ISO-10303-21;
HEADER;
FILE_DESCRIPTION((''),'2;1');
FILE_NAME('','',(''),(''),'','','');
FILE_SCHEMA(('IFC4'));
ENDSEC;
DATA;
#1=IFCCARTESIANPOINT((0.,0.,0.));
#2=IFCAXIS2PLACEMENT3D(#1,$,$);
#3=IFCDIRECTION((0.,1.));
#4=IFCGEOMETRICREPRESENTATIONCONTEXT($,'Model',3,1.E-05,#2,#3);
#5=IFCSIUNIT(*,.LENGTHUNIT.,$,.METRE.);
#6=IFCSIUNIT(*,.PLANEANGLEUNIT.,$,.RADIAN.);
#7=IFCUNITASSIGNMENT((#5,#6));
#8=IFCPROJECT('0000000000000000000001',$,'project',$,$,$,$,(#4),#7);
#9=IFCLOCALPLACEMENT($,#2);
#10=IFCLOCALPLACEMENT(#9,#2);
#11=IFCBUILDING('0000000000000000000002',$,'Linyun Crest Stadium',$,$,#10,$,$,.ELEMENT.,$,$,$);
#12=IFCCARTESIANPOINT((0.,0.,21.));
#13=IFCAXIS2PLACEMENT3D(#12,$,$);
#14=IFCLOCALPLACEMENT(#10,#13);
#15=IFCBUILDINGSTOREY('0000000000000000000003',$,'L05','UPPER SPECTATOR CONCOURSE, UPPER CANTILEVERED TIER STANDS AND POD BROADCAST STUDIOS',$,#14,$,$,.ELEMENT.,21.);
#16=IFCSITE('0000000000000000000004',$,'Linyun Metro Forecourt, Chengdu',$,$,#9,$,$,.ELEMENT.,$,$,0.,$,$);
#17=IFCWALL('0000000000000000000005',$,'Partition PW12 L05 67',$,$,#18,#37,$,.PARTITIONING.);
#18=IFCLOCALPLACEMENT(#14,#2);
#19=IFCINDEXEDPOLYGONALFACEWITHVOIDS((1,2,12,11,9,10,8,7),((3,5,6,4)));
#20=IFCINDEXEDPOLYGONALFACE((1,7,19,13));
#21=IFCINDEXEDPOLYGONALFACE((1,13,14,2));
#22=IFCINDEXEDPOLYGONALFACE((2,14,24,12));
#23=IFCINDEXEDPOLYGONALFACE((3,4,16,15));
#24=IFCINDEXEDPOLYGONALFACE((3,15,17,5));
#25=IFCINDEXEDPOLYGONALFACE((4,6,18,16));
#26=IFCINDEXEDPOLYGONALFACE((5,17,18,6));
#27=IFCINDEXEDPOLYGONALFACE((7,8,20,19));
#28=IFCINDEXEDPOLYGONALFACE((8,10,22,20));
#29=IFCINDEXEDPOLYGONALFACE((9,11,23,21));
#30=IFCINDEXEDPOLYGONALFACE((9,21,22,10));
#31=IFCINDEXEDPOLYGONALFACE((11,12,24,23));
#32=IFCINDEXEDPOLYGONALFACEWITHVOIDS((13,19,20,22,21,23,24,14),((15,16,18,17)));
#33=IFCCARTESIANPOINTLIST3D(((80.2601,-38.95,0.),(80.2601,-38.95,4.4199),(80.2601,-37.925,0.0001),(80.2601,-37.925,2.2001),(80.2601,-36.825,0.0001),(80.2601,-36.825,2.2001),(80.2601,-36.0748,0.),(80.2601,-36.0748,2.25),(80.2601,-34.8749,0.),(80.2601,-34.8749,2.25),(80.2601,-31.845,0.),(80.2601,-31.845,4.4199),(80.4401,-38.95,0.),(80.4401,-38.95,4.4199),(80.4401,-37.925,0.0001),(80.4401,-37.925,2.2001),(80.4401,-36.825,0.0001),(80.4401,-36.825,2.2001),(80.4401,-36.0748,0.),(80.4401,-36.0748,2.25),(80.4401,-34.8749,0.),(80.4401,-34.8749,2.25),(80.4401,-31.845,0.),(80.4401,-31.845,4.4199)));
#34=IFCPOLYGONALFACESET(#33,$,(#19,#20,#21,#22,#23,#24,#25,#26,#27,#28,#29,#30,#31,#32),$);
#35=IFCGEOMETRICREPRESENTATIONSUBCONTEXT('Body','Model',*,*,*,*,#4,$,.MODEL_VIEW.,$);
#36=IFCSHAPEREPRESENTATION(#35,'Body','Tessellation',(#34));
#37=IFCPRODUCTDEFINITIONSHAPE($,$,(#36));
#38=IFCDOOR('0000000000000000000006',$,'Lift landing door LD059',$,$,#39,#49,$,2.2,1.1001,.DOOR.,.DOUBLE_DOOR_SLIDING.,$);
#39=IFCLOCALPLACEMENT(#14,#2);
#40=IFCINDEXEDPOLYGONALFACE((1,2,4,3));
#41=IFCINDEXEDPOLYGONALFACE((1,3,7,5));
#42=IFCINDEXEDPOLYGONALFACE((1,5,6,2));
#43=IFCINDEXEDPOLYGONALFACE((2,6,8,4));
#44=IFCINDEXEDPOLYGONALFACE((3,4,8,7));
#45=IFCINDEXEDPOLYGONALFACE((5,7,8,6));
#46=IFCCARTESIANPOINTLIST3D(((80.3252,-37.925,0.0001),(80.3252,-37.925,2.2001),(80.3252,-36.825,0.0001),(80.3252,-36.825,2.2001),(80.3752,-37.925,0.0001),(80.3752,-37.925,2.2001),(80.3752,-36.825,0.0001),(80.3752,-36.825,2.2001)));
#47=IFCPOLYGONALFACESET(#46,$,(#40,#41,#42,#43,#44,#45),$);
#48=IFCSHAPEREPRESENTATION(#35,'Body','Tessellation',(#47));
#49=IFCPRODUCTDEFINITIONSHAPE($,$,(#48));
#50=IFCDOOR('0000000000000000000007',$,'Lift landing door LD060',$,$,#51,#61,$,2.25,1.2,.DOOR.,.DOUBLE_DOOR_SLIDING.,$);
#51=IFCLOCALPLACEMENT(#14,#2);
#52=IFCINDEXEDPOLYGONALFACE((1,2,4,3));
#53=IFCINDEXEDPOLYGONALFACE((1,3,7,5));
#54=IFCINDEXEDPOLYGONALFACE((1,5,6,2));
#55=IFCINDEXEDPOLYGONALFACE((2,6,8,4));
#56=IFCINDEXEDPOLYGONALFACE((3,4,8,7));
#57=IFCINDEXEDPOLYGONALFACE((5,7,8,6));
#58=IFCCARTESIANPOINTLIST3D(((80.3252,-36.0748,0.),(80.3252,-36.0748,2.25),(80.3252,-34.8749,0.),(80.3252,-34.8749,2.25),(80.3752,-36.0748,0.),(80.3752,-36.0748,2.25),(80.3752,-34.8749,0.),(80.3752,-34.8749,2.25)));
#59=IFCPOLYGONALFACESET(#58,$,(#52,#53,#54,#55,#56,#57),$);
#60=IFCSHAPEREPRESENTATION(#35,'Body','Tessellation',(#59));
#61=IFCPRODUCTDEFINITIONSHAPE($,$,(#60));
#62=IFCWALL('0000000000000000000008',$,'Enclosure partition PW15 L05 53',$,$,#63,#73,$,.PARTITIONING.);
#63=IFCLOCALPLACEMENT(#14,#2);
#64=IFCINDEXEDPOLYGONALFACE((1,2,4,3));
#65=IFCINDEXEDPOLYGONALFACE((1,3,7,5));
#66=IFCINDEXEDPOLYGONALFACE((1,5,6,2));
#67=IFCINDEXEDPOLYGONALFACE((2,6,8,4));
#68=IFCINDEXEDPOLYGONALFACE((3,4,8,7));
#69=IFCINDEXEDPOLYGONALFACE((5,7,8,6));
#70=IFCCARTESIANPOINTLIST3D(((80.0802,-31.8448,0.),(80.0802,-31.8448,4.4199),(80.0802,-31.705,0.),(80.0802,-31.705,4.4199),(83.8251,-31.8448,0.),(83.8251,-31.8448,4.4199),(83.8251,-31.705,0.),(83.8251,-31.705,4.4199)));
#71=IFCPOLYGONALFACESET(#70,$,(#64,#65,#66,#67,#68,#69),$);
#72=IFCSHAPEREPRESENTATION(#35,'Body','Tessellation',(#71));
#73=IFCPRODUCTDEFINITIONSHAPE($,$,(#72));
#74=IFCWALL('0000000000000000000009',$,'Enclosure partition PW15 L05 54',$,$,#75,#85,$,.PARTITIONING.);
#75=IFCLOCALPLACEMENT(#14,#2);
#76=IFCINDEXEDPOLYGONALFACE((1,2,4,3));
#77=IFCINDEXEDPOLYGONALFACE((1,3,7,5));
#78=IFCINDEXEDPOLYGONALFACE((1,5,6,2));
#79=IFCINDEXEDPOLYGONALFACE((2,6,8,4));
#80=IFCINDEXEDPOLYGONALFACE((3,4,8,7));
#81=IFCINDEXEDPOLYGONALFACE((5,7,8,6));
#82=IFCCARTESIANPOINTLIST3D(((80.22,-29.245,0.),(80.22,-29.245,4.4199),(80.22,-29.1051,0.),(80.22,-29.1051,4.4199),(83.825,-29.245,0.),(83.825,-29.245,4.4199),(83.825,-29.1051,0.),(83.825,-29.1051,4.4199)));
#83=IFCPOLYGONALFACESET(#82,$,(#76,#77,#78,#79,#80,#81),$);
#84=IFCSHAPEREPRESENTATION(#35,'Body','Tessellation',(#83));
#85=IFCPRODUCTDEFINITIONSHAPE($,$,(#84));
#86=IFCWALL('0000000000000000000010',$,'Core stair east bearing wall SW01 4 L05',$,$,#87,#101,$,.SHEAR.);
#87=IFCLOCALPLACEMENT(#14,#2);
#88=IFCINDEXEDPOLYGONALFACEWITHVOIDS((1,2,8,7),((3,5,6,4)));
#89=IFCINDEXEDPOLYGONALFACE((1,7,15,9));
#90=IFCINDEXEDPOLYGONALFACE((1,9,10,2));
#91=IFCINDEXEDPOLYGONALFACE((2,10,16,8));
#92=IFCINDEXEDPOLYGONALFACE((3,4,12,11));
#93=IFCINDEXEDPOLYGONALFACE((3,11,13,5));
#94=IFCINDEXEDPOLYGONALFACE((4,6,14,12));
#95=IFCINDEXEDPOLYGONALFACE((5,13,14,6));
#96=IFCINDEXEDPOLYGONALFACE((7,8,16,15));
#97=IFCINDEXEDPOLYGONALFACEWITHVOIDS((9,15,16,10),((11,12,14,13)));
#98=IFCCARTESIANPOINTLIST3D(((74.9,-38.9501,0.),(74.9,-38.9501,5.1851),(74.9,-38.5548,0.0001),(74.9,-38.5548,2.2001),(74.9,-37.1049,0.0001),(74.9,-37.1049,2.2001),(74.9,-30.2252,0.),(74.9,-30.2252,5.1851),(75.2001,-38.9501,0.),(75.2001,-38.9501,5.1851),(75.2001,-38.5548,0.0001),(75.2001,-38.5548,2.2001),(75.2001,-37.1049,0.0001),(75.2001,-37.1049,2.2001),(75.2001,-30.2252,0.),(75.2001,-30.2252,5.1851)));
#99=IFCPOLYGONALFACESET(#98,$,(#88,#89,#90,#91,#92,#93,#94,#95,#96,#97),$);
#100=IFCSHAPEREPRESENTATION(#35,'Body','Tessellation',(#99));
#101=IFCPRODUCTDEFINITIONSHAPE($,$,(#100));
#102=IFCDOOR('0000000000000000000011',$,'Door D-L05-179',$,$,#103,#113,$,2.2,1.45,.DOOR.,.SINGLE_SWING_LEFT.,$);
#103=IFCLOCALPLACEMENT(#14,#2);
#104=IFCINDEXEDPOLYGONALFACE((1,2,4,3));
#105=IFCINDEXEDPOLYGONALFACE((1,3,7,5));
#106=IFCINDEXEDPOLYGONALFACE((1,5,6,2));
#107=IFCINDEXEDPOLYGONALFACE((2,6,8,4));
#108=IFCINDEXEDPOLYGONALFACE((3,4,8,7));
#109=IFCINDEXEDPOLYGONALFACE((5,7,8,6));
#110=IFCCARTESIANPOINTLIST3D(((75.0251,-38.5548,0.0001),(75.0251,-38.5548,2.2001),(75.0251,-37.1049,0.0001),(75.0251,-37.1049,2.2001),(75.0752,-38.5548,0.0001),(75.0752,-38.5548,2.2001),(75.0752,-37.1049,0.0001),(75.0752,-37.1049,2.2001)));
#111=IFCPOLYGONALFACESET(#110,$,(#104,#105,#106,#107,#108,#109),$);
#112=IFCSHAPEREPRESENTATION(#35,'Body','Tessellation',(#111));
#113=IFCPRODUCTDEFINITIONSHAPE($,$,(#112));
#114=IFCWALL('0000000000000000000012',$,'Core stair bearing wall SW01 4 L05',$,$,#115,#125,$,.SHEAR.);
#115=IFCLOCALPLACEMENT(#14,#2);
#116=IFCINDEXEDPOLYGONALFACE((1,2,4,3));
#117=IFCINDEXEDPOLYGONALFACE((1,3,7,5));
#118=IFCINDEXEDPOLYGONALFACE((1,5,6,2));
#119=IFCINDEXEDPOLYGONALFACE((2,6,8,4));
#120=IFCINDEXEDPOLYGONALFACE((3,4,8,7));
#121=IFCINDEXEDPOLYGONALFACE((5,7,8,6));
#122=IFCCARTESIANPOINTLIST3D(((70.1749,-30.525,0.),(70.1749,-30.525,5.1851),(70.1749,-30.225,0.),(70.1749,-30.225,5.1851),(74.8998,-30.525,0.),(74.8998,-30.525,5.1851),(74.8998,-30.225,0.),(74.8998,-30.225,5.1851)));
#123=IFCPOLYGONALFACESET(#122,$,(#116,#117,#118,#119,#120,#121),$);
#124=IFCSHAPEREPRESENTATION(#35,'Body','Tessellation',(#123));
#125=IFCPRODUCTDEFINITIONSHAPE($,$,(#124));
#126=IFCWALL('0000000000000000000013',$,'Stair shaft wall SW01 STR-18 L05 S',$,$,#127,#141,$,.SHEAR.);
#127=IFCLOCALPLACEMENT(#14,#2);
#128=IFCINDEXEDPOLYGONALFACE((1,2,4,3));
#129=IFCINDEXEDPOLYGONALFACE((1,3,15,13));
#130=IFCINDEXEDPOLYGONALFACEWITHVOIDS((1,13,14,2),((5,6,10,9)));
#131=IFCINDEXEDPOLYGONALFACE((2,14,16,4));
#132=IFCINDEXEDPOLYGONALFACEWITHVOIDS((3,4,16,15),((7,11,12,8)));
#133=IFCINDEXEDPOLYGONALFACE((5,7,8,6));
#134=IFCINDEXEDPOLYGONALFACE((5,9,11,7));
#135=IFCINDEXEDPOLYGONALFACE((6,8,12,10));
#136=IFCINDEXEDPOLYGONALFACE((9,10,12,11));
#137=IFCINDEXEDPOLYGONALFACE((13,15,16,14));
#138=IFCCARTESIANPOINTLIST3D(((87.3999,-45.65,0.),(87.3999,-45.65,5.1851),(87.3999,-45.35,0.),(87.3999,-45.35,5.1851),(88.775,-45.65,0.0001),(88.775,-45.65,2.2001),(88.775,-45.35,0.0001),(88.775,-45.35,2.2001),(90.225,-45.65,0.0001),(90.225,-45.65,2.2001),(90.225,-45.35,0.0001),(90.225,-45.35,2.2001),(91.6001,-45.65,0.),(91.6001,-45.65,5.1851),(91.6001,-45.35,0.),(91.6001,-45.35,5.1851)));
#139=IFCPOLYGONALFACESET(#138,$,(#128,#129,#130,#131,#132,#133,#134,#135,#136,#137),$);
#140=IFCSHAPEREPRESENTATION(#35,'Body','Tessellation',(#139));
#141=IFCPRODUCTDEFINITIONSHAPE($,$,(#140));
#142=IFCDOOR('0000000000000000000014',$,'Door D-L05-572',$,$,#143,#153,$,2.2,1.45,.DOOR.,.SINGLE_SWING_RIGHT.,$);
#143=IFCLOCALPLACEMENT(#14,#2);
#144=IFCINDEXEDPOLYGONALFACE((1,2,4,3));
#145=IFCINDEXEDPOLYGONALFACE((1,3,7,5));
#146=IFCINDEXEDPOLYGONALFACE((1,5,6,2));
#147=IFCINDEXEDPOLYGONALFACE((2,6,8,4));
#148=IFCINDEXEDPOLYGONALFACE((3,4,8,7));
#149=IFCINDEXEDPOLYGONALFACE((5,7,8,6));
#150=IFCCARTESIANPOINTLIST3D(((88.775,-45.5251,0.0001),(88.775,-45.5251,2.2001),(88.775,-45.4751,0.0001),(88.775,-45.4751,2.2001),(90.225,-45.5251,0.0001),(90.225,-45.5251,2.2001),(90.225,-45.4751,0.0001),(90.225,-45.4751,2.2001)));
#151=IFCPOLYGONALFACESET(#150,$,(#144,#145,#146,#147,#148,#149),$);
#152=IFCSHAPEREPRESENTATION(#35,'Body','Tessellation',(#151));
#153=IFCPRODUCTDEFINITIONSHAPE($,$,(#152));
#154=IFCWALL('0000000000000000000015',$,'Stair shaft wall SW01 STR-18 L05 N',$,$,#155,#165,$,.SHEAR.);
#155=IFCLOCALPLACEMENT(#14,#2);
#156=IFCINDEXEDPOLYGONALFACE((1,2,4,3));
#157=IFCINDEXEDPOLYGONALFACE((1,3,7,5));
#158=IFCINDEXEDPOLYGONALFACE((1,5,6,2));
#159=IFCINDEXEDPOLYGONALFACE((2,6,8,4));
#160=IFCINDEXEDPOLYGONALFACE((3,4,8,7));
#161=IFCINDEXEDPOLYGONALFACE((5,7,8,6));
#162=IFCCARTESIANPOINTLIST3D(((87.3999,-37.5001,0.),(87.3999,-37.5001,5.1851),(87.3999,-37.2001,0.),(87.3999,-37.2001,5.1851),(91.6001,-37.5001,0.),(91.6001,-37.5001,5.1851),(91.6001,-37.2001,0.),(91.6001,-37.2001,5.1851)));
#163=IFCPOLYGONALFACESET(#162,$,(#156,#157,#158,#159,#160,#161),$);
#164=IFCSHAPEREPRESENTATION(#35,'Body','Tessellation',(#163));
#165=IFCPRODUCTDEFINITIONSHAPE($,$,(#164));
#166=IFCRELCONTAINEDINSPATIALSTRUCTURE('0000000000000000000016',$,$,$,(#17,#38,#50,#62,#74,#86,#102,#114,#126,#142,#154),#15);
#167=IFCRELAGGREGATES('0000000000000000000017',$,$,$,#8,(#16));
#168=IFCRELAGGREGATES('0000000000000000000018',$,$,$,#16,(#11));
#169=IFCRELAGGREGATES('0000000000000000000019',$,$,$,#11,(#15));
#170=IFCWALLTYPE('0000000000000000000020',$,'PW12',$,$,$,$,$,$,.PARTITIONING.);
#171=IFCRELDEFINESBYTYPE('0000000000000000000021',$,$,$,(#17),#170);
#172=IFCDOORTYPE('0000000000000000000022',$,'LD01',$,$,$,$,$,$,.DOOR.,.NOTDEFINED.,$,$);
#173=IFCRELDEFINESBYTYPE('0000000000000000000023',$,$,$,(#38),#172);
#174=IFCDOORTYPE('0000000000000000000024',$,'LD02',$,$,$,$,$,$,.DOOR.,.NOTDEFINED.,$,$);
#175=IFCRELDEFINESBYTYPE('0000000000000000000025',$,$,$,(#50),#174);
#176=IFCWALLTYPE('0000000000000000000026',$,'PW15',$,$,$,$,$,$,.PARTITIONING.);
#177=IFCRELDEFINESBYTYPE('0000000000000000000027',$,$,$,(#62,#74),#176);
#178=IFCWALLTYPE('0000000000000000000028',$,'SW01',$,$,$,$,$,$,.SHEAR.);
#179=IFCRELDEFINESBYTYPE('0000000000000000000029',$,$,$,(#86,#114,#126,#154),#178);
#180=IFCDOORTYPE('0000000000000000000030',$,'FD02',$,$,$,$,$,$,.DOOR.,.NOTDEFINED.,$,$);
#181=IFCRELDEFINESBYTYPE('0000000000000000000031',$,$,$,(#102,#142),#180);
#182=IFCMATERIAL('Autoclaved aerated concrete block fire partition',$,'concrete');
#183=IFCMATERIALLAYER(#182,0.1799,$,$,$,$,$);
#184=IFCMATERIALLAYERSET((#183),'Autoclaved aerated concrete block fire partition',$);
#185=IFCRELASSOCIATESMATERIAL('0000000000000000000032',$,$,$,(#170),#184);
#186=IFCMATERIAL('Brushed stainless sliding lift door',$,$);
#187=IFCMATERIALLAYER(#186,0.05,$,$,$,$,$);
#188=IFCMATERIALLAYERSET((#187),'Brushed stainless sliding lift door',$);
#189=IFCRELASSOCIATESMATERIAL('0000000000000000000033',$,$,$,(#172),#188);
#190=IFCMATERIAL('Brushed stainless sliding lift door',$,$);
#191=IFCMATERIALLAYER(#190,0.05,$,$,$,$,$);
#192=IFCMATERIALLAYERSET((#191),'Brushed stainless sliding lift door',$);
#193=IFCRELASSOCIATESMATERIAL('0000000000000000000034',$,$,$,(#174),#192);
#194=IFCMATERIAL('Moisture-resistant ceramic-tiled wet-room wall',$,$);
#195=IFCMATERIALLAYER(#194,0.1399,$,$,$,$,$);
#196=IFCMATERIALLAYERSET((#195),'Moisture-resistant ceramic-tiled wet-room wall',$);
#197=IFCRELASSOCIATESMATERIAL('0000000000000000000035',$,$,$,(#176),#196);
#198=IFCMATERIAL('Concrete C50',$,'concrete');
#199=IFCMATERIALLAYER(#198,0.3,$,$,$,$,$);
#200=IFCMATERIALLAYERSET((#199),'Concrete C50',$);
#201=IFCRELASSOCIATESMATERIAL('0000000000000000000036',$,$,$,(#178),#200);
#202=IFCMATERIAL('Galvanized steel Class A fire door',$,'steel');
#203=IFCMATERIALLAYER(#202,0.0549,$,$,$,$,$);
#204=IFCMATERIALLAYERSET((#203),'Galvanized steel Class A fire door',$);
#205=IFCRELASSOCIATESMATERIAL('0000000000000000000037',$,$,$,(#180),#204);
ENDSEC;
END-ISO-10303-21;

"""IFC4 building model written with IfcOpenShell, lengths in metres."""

from ifc_helpers import new_model, si_unit, direction, frame, frame_2d, origin, place, context, subcontext, project, spatial, rectangle, extrude, material, layer, layer_set, type_object, element, fill, save


model = new_model("IFC4")

# Units and contexts
model_context = context("Model", 3, precision=1e-05, world=origin(), true_north=direction((0.0, 1.0)))
body_context = subcontext(model_context, "Body", "Model", "MODEL_VIEW")
ifc_project = project(units=[si_unit("LENGTHUNIT", "METRE"), si_unit("PLANEANGLEUNIT", "RADIAN")], contexts=[model_context])

# Site, building, storey
site_placement = place(None, origin())
site = spatial("IfcSite", under=ifc_project, at=site_placement, Name="Linyun Metro Forecourt, Chengdu", CompositionType="ELEMENT", RefElevation=0.0)
building_placement = place(site_placement, origin())
building = spatial("IfcBuilding", under=site, at=building_placement, Name="Linyun Crest Stadium", CompositionType="ELEMENT")
storey_placement = place(building_placement, frame((0.0, 0.0, 21.0)))
storey = spatial("IfcBuildingStorey", under=building, at=storey_placement, Name="L05", Description="UPPER SPECTATOR CONCOURSE, UPPER CANTILEVERED TIER STANDS AND POD BROADCAST STUDIOS", CompositionType="ELEMENT", Elevation=21.0)

# Wall, openings, doors
ifc_material_1 = material(Name="Autoclaved aerated concrete block fire partition", Category="concrete")
ifc_layer_1 = layer(ifc_material_1, 0.1799)
ifc_layer_set_1 = layer_set([ifc_layer_1], Name="Autoclaved aerated concrete block fire partition")
wall_type_1 = type_object("IfcWallType", Name="PW12", PredefinedType="PARTITIONING", material=ifc_layer_set_1)
wall_1_placement = place(storey_placement, frame((80.3501, -38.95, 0.0), z_axis=(0.0, 0.0, 1.0), x_axis=(0.0, 1.0, 0.0)))
wall_1 = element("IfcWall", 1, at=wall_1_placement, inside=storey, type_object=wall_type_1, Name="Partition PW12 L05 67", PredefinedType="PARTITIONING", context=body_context, shape_type="SweptSolid", body=[
    extrude(rectangle(XDim=7.105, YDim=0.1799, at=frame_2d((3.5525, 0.0))), origin(), (0.0, 0.0, 1.0), 4.4199),
])
opening_1_placement = place(wall_1_placement, frame((1.0249, 0.0, 0.0)))
opening_1 = element("IfcOpeningElement", 2, at=opening_1_placement, cuts=wall_1, PredefinedType="OPENING", context=body_context, shape_type="SweptSolid", body=[
    extrude(rectangle(XDim=1.1001, YDim=2.2, at=frame_2d((0.55, 1.1001))), frame((0.0, 0.0999, 0.0), z_axis=(0.0, -1.0, 0.0), x_axis=(1.0, 0.0, 0.0)), (0.0, 0.0, 1.0), 0.2),
])
opening_2_placement = place(wall_1_placement, frame((2.875, 0.0, 0.0)))
opening_2 = element("IfcOpeningElement", 3, at=opening_2_placement, cuts=wall_1, PredefinedType="OPENING", context=body_context, shape_type="SweptSolid", body=[
    extrude(rectangle(XDim=1.2, YDim=2.25, at=frame_2d((0.6001, 1.125))), frame((0.0, 0.0999, 0.0), z_axis=(0.0, -1.0, 0.0), x_axis=(1.0, 0.0, 0.0)), (0.0, 0.0, 1.0), 0.2),
])
ifc_material_2 = material(Name="Brushed stainless sliding lift door")
ifc_layer_2 = layer(ifc_material_2, 0.05)
ifc_layer_set_2 = layer_set([ifc_layer_2], Name="Brushed stainless sliding lift door")
door_type_1 = type_object("IfcDoorType", Name="LD01", OperationType="NOTDEFINED", PredefinedType="DOOR", material=ifc_layer_set_2)
door_1_placement = place(opening_1_placement, origin())
door_1 = element("IfcDoor", 4, at=door_1_placement, inside=storey, type_object=door_type_1, Name="Lift landing door LD059", OperationType="DOUBLE_DOOR_SLIDING", OverallHeight=2.2, OverallWidth=1.1001, PredefinedType="DOOR", context=body_context, shape_type="SweptSolid", body=[
    extrude(rectangle(XDim=1.1001, YDim=2.2, at=frame_2d((0.55, 1.1001))), frame((0.0, 0.0249, 0.0), z_axis=(0.0, -1.0, 0.0), x_axis=(1.0, 0.0, 0.0)), (0.0, 0.0, 1.0), 0.05),
])
fill(opening_1, door_1)
ifc_material_3 = material(Name="Brushed stainless sliding lift door")
ifc_layer_3 = layer(ifc_material_3, 0.05)
ifc_layer_set_3 = layer_set([ifc_layer_3], Name="Brushed stainless sliding lift door")
door_type_2 = type_object("IfcDoorType", Name="LD02", OperationType="NOTDEFINED", PredefinedType="DOOR", material=ifc_layer_set_3)
door_2_placement = place(opening_2_placement, origin())
door_2 = element("IfcDoor", 5, at=door_2_placement, inside=storey, type_object=door_type_2, Name="Lift landing door LD060", OperationType="DOUBLE_DOOR_SLIDING", OverallHeight=2.25, OverallWidth=1.2, PredefinedType="DOOR", context=body_context, shape_type="SweptSolid", body=[
    extrude(rectangle(XDim=1.2, YDim=2.25, at=frame_2d((0.6001, 1.125))), frame((0.0, 0.0249, 0.0), z_axis=(0.0, -1.0, 0.0), x_axis=(1.0, 0.0, 0.0)), (0.0, 0.0, 1.0), 0.05),
])
fill(opening_2, door_2)
ifc_material_4 = material(Name="Moisture-resistant ceramic-tiled wet-room wall")
ifc_layer_4 = layer(ifc_material_4, 0.1399)
ifc_layer_set_4 = layer_set([ifc_layer_4], Name="Moisture-resistant ceramic-tiled wet-room wall")
wall_type_2 = type_object("IfcWallType", Name="PW15", PredefinedType="PARTITIONING", material=ifc_layer_set_4)

# Walls
wall_2_placement = place(storey_placement, frame((80.0801, -31.7749, 0.0), z_axis=(0.0, 0.0, 1.0), x_axis=(1.0, 0.0, 0.0)))
element("IfcWall", 6, at=wall_2_placement, inside=storey, type_object=wall_type_2, Name="Enclosure partition PW15 L05 53", PredefinedType="PARTITIONING", context=body_context, shape_type="SweptSolid", body=[
    extrude(rectangle(XDim=3.7449, YDim=0.1399, at=frame_2d((1.8726, 0.0))), origin(), (0.0, 0.0, 1.0), 4.4199),
])
wall_3_placement = place(storey_placement, frame((80.22, -29.175, 0.0), z_axis=(0.0, 0.0, 1.0), x_axis=(1.0, 0.0, 0.0)))
element("IfcWall", 7, at=wall_3_placement, inside=storey, type_object=wall_type_2, Name="Enclosure partition PW15 L05 54", PredefinedType="PARTITIONING", context=body_context, shape_type="SweptSolid", body=[
    extrude(rectangle(XDim=3.605, YDim=0.1399, at=frame_2d((1.8025, 0.0))), origin(), (0.0, 0.0, 1.0), 4.4199),
])

# Wall, opening, door
ifc_material_5 = material(Name="Concrete C50", Category="concrete")
ifc_layer_5 = layer(ifc_material_5, 0.3)
ifc_layer_set_5 = layer_set([ifc_layer_5], Name="Concrete C50")
wall_type_3 = type_object("IfcWallType", Name="SW01", PredefinedType="SHEAR", material=ifc_layer_set_5)
wall_4_placement = place(storey_placement, frame((75.05, -38.95, 0.0), z_axis=(0.0, 0.0, 1.0), x_axis=(0.0, 1.0, 0.0)))
wall_4 = element("IfcWall", 8, at=wall_4_placement, inside=storey, type_object=wall_type_3, Name="Core stair east bearing wall SW01 4 L05", PredefinedType="SHEAR", context=body_context, shape_type="SweptSolid", body=[
    extrude(rectangle(XDim=8.7249, YDim=0.3, at=frame_2d((4.3623, 0.0))), origin(), (0.0, 0.0, 1.0), 5.1851),
])
opening_3_placement = place(wall_4_placement, frame((0.395, 0.0, 0.0)))
opening_3 = element("IfcOpeningElement", 9, at=opening_3_placement, cuts=wall_4, PredefinedType="OPENING", context=body_context, shape_type="SweptSolid", body=[
    extrude(rectangle(XDim=1.45, YDim=2.2, at=frame_2d((0.7251, 1.1001))), frame((0.0, 0.1599, 0.0), z_axis=(0.0, -1.0, 0.0), x_axis=(1.0, 0.0, 0.0)), (0.0, 0.0, 1.0), 0.3201),
])
ifc_material_6 = material(Name="Galvanized steel Class A fire door", Category="steel")
ifc_layer_6 = layer(ifc_material_6, 0.0549)
ifc_layer_set_6 = layer_set([ifc_layer_6], Name="Galvanized steel Class A fire door")
door_type_3 = type_object("IfcDoorType", Name="FD02", OperationType="NOTDEFINED", PredefinedType="DOOR", material=ifc_layer_set_6)
door_3_placement = place(opening_3_placement, origin())
door_3 = element("IfcDoor", 10, at=door_3_placement, inside=storey, type_object=door_type_3, Name="Door D-L05-179", OperationType="SINGLE_SWING_LEFT", OverallHeight=2.2, OverallWidth=1.45, PredefinedType="DOOR", context=body_context, shape_type="SweptSolid", body=[
    extrude(rectangle(XDim=1.45, YDim=2.2, at=frame_2d((0.7251, 1.1001))), frame((0.0, 0.0249, 0.0), z_axis=(0.0, -1.0, 0.0), x_axis=(1.0, 0.0, 0.0)), (0.0, 0.0, 1.0), 0.05),
])
fill(opening_3, door_3)

# Wall
wall_5_placement = place(storey_placement, frame((70.175, -30.375, 0.0), z_axis=(0.0, 0.0, 1.0), x_axis=(1.0, 0.0, 0.0)))
element("IfcWall", 11, at=wall_5_placement, inside=storey, type_object=wall_type_3, Name="Core stair bearing wall SW01 4 L05", PredefinedType="SHEAR", context=body_context, shape_type="SweptSolid", body=[
    extrude(rectangle(XDim=4.7249, YDim=0.3, at=frame_2d((2.3623, 0.0))), origin(), (0.0, 0.0, 1.0), 5.1851),
])

# Wall, opening, door
wall_6_placement = place(storey_placement, frame((87.3999, -45.5, 0.0), z_axis=(0.0, 0.0, 1.0), x_axis=(1.0, 0.0, 0.0)))
wall_6 = element("IfcWall", 12, at=wall_6_placement, inside=storey, type_object=wall_type_3, Name="Stair shaft wall SW01 STR-18 L05 S", PredefinedType="SHEAR", context=body_context, shape_type="SweptSolid", body=[
    extrude(rectangle(XDim=4.2002, YDim=0.3, at=frame_2d((2.1001, 0.0))), origin(), (0.0, 0.0, 1.0), 5.1851),
])
opening_4_placement = place(wall_6_placement, frame((1.375, 0.0, 0.0)))
opening_4 = element("IfcOpeningElement", 13, at=opening_4_placement, cuts=wall_6, PredefinedType="OPENING", context=body_context, shape_type="SweptSolid", body=[
    extrude(rectangle(XDim=1.45, YDim=2.2, at=frame_2d((0.7251, 1.1001))), frame((0.0, 0.1599, 0.0), z_axis=(0.0, -1.0, 0.0), x_axis=(1.0, 0.0, 0.0)), (0.0, 0.0, 1.0), 0.3201),
])
door_4_placement = place(opening_4_placement, origin())
door_4 = element("IfcDoor", 14, at=door_4_placement, inside=storey, type_object=door_type_3, Name="Door D-L05-572", OperationType="SINGLE_SWING_RIGHT", OverallHeight=2.2, OverallWidth=1.45, PredefinedType="DOOR", context=body_context, shape_type="SweptSolid", body=[
    extrude(rectangle(XDim=1.45, YDim=2.2, at=frame_2d((0.7251, 1.1001))), frame((0.0, 0.0249, 0.0), z_axis=(0.0, -1.0, 0.0), x_axis=(1.0, 0.0, 0.0)), (0.0, 0.0, 1.0), 0.05),
])
fill(opening_4, door_4)

# Wall
wall_7_placement = place(storey_placement, frame((87.3999, -37.3501, 0.0), z_axis=(0.0, 0.0, 1.0), x_axis=(1.0, 0.0, 0.0)))
element("IfcWall", 15, at=wall_7_placement, inside=storey, type_object=wall_type_3, Name="Stair shaft wall SW01 STR-18 L05 N", PredefinedType="SHEAR", context=body_context, shape_type="SweptSolid", body=[
    extrude(rectangle(XDim=4.2002, YDim=0.3, at=frame_2d((2.1001, 0.0))), origin(), (0.0, 0.0, 1.0), 5.1851),
])

save(model, "model.ifc")
